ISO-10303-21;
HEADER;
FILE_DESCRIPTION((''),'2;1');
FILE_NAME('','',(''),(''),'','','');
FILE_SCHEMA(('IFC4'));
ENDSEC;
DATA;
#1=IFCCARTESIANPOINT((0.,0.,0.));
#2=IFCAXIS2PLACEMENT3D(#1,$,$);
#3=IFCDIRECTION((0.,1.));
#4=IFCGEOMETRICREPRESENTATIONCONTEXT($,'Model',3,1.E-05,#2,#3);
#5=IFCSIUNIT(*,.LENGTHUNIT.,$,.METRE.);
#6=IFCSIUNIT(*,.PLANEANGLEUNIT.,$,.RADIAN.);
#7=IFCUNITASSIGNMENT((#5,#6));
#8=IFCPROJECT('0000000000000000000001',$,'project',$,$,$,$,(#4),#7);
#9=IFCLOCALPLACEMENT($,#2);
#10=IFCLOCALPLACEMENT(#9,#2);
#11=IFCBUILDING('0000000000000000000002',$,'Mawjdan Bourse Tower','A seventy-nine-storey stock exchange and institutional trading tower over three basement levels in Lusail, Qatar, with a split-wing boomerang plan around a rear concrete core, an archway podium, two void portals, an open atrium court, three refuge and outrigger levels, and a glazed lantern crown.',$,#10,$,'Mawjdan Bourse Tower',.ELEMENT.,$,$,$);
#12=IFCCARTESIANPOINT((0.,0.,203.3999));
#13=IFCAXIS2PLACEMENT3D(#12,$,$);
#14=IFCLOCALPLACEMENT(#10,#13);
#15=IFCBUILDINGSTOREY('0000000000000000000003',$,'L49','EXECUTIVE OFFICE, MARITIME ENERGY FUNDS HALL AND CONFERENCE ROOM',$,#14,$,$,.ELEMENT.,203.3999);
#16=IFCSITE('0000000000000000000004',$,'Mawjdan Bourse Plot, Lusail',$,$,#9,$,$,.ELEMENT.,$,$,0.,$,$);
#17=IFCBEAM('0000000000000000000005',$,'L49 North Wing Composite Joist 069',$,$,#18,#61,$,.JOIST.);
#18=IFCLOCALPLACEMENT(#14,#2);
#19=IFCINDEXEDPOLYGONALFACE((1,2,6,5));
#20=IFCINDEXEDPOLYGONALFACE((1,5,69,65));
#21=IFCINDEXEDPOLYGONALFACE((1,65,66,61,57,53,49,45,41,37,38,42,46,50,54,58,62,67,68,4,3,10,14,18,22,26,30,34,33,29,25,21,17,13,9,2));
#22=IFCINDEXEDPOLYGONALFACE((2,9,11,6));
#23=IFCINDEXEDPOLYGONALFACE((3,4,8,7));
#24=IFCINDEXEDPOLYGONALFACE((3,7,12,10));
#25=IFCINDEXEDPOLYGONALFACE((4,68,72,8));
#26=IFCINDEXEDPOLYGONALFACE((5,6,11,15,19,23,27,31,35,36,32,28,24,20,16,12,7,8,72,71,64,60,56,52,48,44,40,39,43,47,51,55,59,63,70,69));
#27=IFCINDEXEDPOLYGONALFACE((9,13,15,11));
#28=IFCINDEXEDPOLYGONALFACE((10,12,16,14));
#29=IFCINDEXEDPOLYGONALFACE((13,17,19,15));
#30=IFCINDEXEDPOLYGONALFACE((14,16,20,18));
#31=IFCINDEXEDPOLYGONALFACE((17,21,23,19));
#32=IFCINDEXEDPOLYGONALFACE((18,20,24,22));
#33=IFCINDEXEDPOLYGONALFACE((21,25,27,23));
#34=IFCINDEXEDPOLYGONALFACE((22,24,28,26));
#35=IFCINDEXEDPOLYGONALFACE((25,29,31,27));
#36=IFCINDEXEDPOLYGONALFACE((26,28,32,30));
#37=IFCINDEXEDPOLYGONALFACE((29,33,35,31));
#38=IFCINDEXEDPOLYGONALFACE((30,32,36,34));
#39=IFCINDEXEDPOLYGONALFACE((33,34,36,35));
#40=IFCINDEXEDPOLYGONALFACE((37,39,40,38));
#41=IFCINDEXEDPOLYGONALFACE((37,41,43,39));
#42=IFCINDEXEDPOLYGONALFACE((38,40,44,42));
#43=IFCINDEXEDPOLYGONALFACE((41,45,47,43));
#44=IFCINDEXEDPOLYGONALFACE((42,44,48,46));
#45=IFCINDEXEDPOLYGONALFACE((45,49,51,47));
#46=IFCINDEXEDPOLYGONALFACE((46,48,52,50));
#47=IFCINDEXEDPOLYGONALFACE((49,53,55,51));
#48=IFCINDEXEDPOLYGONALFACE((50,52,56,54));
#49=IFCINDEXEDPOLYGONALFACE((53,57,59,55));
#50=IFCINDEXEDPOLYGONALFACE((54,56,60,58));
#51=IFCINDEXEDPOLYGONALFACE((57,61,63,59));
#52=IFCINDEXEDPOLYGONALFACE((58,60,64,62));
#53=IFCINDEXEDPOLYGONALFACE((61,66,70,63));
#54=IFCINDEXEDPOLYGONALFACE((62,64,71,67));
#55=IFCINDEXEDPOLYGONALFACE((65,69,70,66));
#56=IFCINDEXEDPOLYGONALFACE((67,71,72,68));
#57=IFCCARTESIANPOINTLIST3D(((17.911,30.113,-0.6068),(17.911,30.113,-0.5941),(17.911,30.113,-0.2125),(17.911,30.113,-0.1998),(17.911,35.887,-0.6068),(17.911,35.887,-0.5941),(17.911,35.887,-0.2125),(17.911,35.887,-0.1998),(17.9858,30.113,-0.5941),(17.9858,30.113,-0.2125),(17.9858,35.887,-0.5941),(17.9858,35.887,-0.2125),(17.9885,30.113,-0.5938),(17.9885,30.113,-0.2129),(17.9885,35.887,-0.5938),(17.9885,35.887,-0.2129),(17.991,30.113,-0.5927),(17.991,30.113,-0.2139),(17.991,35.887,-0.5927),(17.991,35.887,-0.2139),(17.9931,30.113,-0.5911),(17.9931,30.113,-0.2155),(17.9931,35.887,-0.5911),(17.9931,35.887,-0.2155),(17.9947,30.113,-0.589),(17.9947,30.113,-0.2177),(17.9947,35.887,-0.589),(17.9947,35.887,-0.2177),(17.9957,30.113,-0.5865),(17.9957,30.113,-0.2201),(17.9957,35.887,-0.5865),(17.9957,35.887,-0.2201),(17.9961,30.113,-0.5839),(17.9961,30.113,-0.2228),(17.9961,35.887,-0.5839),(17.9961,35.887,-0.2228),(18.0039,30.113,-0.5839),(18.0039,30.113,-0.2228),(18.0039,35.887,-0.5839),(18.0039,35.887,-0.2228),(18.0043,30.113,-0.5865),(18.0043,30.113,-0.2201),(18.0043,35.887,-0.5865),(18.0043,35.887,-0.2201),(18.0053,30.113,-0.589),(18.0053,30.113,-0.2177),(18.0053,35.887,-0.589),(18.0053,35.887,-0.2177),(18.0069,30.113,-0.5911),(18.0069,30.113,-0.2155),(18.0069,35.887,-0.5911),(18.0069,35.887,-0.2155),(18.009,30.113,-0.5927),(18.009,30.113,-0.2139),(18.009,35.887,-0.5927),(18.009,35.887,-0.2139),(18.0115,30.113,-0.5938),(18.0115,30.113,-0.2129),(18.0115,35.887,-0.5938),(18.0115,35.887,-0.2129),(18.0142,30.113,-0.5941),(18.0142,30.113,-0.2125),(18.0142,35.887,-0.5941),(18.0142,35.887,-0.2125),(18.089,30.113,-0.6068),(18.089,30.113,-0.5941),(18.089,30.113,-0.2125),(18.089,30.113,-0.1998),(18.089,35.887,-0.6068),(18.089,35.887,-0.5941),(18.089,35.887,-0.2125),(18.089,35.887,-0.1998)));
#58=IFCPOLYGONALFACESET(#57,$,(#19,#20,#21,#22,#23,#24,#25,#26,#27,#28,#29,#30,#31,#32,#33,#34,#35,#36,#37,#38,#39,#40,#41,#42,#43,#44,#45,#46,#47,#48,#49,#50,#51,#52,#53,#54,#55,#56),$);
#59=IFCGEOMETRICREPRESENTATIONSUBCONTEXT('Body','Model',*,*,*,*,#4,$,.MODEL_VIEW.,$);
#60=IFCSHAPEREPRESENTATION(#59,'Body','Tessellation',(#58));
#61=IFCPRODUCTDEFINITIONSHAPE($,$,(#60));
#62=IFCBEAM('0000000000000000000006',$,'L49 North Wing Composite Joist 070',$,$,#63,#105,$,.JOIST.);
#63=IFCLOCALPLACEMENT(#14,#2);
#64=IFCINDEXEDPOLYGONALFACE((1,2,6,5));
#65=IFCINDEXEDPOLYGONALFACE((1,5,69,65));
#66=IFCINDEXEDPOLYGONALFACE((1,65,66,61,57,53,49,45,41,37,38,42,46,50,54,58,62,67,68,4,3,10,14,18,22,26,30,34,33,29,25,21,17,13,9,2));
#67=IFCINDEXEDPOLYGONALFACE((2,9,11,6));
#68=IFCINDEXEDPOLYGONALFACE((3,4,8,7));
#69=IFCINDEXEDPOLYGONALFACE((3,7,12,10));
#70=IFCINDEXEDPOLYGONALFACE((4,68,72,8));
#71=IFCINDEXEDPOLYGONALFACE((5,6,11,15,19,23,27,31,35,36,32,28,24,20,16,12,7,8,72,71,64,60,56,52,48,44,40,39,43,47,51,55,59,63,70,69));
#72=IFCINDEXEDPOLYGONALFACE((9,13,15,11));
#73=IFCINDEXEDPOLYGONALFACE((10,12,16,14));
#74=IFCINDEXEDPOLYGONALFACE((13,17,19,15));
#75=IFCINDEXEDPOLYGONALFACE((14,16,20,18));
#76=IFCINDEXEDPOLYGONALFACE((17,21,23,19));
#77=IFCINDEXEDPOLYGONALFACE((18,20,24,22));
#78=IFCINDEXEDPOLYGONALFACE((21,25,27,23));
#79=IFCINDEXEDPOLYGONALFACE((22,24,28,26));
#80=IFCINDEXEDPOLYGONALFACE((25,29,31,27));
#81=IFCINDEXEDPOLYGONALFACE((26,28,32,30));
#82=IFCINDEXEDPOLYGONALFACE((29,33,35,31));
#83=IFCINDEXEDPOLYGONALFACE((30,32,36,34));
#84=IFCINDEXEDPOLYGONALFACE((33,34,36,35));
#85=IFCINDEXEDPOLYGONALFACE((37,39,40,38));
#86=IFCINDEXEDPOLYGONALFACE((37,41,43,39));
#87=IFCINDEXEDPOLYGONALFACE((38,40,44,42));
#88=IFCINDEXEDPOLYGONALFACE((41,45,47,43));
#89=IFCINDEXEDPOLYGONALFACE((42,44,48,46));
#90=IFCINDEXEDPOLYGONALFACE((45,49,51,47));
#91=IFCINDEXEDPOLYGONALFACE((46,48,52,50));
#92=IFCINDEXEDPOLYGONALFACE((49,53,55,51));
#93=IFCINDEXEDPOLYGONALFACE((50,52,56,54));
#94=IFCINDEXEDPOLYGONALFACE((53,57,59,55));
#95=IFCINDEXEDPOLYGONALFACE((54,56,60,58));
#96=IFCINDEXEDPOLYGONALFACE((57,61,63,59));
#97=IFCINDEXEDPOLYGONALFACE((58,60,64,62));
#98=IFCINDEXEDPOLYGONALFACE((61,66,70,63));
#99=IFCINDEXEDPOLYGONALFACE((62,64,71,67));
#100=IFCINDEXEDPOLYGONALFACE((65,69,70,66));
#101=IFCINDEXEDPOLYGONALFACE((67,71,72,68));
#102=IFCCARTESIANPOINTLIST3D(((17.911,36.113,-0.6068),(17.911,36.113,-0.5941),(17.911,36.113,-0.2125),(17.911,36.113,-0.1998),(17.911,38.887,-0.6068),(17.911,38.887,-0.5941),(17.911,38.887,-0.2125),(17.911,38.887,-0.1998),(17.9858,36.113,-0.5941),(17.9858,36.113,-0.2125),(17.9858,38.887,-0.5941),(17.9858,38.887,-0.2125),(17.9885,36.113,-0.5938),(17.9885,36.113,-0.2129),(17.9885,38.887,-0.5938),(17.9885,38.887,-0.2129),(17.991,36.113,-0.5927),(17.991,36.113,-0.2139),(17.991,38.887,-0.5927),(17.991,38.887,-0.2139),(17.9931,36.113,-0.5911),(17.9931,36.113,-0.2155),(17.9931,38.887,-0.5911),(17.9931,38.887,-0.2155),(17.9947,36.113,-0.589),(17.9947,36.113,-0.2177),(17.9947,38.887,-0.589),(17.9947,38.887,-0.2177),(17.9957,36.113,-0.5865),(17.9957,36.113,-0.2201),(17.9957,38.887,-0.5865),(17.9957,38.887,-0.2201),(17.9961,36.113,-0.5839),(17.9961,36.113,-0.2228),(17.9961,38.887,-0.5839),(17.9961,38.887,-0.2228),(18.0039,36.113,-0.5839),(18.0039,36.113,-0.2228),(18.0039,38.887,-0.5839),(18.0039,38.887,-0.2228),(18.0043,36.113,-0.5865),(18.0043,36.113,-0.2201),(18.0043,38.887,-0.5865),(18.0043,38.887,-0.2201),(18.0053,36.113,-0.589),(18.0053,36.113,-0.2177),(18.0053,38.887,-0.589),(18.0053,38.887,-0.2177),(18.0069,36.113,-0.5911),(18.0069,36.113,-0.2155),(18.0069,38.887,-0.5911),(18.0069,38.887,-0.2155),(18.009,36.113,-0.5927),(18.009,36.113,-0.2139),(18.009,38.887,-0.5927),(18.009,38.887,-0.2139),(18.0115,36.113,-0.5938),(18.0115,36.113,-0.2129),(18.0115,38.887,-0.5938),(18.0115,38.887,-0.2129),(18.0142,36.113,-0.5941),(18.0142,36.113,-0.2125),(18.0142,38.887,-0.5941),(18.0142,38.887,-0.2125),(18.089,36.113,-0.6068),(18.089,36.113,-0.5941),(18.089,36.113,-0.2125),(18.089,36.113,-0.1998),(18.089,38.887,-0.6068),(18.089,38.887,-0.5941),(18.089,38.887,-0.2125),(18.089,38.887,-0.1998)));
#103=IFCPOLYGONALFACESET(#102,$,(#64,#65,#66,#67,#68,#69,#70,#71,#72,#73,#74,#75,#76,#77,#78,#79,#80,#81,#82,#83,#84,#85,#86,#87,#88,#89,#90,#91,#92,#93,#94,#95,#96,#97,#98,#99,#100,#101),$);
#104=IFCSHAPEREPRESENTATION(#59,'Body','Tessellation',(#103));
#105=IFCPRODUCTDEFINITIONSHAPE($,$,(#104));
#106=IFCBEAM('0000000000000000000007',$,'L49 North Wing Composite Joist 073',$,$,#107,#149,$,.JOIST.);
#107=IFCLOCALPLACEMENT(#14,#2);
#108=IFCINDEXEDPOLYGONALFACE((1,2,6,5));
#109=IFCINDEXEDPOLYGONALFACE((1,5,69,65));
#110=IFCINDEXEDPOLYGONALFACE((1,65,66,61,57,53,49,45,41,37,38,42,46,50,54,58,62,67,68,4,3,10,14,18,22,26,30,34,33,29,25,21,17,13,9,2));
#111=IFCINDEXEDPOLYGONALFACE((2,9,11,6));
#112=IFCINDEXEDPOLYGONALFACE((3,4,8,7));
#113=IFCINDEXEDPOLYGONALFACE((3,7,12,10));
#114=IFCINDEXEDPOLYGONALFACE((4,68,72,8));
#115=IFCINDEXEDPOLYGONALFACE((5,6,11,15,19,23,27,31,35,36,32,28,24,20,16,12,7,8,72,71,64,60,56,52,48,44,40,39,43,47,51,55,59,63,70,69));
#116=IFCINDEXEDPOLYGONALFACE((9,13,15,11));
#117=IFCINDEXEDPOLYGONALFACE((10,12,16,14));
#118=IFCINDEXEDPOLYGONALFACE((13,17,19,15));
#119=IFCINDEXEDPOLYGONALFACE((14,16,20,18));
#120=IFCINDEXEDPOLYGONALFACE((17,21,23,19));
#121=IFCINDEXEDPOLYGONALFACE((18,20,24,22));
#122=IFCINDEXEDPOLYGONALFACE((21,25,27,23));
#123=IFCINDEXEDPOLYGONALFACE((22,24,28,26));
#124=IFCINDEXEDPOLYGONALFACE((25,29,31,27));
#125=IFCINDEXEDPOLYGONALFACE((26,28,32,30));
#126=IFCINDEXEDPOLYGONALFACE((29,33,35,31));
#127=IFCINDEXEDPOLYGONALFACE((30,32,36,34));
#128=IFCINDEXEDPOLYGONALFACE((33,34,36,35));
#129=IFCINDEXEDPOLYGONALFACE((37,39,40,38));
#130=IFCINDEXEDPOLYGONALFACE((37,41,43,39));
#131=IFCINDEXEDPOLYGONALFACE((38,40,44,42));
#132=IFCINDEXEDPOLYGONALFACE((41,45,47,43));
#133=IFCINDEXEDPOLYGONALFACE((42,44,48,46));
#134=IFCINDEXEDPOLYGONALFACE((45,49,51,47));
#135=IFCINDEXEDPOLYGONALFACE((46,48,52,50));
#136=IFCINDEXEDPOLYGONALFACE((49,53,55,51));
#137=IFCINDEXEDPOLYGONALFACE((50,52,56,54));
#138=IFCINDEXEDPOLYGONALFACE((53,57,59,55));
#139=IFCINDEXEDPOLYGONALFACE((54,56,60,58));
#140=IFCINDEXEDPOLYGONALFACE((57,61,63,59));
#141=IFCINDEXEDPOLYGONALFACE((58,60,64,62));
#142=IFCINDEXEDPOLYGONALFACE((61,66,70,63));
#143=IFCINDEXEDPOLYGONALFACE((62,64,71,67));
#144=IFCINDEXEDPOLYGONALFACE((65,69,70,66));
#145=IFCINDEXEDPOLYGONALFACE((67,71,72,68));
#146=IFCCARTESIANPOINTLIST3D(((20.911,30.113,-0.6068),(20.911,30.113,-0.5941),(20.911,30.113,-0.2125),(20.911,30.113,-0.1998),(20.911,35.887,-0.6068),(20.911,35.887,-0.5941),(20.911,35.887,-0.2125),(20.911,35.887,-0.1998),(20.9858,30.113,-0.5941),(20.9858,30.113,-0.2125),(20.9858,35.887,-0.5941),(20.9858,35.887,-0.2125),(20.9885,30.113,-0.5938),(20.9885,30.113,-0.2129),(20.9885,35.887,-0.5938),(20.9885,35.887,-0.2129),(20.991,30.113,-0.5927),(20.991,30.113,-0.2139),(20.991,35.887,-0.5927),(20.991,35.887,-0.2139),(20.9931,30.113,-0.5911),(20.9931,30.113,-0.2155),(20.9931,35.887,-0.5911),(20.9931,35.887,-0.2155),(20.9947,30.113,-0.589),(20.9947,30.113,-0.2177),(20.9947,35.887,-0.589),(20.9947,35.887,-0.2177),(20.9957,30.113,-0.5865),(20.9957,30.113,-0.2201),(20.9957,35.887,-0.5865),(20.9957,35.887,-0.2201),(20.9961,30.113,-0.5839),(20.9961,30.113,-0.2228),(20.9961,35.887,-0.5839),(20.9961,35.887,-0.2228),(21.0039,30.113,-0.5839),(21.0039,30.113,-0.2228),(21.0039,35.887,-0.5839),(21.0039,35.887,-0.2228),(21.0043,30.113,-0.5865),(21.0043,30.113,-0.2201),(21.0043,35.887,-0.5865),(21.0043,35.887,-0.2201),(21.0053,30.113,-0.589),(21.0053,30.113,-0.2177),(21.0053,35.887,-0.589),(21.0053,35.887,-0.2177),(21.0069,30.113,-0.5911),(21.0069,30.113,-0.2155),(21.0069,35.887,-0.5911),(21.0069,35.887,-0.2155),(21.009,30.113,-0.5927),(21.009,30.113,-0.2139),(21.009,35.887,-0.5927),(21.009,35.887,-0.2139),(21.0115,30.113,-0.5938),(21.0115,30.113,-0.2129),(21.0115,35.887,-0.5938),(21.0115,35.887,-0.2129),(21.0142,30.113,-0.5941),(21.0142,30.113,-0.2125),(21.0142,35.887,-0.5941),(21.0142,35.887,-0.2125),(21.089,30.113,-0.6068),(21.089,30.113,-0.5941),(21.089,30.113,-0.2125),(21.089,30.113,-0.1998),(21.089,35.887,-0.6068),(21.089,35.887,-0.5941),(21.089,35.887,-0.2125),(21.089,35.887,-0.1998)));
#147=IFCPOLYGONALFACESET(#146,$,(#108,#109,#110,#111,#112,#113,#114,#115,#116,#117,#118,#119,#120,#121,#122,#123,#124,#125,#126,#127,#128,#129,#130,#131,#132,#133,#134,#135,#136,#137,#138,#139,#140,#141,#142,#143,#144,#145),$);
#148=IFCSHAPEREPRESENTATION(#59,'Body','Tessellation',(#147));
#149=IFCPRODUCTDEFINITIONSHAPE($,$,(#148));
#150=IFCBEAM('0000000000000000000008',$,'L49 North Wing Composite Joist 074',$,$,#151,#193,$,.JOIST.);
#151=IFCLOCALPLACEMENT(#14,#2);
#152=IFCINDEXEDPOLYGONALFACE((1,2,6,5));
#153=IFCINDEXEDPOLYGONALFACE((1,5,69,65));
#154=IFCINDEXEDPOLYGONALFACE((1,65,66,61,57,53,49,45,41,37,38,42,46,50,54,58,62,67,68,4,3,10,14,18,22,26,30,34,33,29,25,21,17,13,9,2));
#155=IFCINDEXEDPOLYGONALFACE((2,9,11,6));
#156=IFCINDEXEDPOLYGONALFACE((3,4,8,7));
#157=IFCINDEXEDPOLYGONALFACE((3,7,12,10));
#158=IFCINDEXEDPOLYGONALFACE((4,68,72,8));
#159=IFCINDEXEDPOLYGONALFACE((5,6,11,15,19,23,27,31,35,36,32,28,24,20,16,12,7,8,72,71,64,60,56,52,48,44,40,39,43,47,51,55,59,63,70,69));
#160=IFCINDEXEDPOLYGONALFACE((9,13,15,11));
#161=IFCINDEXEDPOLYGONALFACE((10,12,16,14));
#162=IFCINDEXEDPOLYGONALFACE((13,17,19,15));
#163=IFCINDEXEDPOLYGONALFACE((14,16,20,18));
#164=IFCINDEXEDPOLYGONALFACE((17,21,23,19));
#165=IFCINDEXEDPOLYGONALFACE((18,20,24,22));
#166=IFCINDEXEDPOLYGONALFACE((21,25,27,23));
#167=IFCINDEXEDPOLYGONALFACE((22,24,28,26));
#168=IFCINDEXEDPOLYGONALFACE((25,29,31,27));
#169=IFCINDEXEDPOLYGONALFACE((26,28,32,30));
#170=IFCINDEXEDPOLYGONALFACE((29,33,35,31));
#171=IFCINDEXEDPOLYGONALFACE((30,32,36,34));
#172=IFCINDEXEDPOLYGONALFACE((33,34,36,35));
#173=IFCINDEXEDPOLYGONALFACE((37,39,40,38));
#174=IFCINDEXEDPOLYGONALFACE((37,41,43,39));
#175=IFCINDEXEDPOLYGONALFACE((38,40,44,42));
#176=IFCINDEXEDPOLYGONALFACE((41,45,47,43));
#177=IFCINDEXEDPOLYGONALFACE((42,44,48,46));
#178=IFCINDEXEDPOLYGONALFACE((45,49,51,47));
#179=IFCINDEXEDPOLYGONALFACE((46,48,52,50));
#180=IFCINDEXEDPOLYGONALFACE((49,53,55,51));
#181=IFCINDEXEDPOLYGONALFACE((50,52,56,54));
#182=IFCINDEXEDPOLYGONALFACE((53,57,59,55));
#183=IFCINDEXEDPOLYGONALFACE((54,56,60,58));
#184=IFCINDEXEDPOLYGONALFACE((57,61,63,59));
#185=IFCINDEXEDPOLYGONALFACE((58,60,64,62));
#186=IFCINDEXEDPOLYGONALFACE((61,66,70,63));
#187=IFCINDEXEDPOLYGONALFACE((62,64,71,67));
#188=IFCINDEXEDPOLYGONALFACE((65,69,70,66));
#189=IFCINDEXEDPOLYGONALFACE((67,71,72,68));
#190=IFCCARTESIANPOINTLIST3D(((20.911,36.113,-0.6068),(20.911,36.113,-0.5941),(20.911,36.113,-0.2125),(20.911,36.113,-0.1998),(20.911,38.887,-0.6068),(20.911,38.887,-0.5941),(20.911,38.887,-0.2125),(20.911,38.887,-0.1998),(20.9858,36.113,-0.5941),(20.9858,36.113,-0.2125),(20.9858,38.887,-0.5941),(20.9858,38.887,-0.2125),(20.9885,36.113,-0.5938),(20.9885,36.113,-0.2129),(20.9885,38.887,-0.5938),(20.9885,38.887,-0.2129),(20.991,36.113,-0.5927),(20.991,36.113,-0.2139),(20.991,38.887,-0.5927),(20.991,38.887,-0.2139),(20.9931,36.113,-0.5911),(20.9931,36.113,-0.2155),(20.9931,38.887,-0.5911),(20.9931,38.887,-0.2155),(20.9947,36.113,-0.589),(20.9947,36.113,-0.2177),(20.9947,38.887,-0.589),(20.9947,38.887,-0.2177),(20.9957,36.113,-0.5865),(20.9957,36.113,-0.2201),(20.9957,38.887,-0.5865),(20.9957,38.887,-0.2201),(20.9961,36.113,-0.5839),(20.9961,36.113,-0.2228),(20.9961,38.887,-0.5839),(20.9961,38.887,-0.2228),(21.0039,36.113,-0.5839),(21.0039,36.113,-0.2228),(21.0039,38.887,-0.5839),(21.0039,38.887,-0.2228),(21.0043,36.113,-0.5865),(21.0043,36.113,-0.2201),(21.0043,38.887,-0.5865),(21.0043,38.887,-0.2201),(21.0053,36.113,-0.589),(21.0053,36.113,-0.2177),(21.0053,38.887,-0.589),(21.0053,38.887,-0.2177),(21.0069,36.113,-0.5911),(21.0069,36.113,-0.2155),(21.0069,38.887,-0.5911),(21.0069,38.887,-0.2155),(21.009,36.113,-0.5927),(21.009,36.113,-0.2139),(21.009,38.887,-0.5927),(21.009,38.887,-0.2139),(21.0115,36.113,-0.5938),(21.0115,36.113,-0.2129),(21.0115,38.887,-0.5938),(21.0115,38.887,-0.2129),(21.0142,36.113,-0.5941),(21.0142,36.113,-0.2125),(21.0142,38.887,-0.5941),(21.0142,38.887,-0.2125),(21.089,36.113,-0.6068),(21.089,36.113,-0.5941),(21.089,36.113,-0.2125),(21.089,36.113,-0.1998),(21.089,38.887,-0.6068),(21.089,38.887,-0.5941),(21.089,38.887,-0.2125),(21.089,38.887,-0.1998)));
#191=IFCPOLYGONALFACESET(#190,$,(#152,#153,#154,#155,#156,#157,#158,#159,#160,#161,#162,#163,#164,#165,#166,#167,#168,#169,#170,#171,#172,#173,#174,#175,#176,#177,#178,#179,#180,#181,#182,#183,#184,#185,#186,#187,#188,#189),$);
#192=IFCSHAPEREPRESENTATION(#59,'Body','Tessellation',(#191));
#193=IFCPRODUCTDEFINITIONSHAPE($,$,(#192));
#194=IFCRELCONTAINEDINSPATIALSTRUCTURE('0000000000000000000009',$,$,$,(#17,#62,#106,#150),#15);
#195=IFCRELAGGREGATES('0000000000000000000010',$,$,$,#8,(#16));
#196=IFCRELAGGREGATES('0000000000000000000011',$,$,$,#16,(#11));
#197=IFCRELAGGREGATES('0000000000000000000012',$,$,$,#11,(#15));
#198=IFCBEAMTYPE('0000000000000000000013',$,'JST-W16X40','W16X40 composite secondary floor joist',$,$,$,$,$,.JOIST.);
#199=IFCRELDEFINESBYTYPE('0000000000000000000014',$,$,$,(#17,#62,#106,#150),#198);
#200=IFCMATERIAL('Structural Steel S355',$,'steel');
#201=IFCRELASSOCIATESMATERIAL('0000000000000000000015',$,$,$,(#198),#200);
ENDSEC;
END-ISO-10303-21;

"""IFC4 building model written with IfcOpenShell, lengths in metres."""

from ifc_helpers import new_model, si_unit, direction, frame, origin, origin_2d, place, context, subcontext, project, spatial, i_section, extrude, material, material_profile, profile_set, type_object, element, save


model = new_model("IFC4")

# Units and contexts
model_context = context("Model", 3, precision=1e-05, world=origin(), true_north=direction((0.0, 1.0)))
body_context = subcontext(model_context, "Body", "Model", "MODEL_VIEW")
ifc_project = project(units=[si_unit("LENGTHUNIT", "METRE"), si_unit("PLANEANGLEUNIT", "RADIAN")], contexts=[model_context])

# Site, building, storey
site_placement = place(None, origin())
site = spatial("IfcSite", under=ifc_project, at=site_placement, Name="Mawjdan Bourse Plot, Lusail", CompositionType="ELEMENT", RefElevation=0.0)
building_placement = place(site_placement, origin())
building = spatial("IfcBuilding", under=site, at=building_placement, Name="Mawjdan Bourse Tower", Description="A seventy-nine-storey stock exchange and institutional trading tower over three basement levels in Lusail, Qatar, with a split-wing boomerang plan around a rear concrete core, an archway podium, two void portals, an open atrium court, three refuge and outrigger levels, and a glazed lantern crown.", LongName="Mawjdan Bourse Tower", CompositionType="ELEMENT")
storey_placement = place(building_placement, frame((0.0, 0.0, 203.3999)))
storey = spatial("IfcBuildingStorey", under=building, at=storey_placement, Name="L49", Description="EXECUTIVE OFFICE, MARITIME ENERGY FUNDS HALL AND CONFERENCE ROOM", CompositionType="ELEMENT", Elevation=203.3999)

# Beams
ifc_material_1 = material(Name="Structural Steel S355", Category="steel")
ifc_material_profile_1 = material_profile(ifc_material_1, i_section(OverallWidth=0.178, OverallDepth=0.407, WebThickness=0.0078, FlangeThickness=0.0127, FilletRadius=0.0103, at=origin_2d()), Name="W16X40")
ifc_profile_set_1 = profile_set([ifc_material_profile_1], Name="Structural Steel S355")
beam_type_1 = type_object("IfcBeamType", Name="JST-W16X40", Description="W16X40 composite secondary floor joist", PredefinedType="JOIST", material=ifc_profile_set_1)
beam_1_placement = place(storey_placement, frame((18.0, 30.113, -0.4033), z_axis=(0.0, 1.0, 0.0), x_axis=(-1.0, 0.0, 0.0)))
element("IfcBeam", 1, at=beam_1_placement, inside=storey, type_object=beam_type_1, Name="L49 North Wing Composite Joist 069", PredefinedType="JOIST", context=body_context, shape_type="SweptSolid", body=[
    extrude(i_section(OverallWidth=0.178, OverallDepth=0.407, WebThickness=0.0078, FlangeThickness=0.0127, FilletRadius=0.0103, at=origin_2d()), origin(), (0.0, 0.0, 1.0), 5.7739),
])
beam_2_placement = place(storey_placement, frame((18.0, 36.113, -0.4033), z_axis=(0.0, 1.0, 0.0), x_axis=(-1.0, 0.0, 0.0)))
element("IfcBeam", 2, at=beam_2_placement, inside=storey, type_object=beam_type_1, Name="L49 North Wing Composite Joist 070", PredefinedType="JOIST", context=body_context, shape_type="SweptSolid", body=[
    extrude(i_section(OverallWidth=0.178, OverallDepth=0.407, WebThickness=0.0078, FlangeThickness=0.0127, FilletRadius=0.0103, at=origin_2d()), origin(), (0.0, 0.0, 1.0), 2.7739),
])
beam_3_placement = place(storey_placement, frame((21.0, 30.113, -0.4033), z_axis=(0.0, 1.0, 0.0), x_axis=(-1.0, 0.0, 0.0)))
element("IfcBeam", 3, at=beam_3_placement, inside=storey, type_object=beam_type_1, Name="L49 North Wing Composite Joist 073", PredefinedType="JOIST", context=body_context, shape_type="SweptSolid", body=[
    extrude(i_section(OverallWidth=0.178, OverallDepth=0.407, WebThickness=0.0078, FlangeThickness=0.0127, FilletRadius=0.0103, at=origin_2d()), origin(), (0.0, 0.0, 1.0), 5.7739),
])
beam_4_placement = place(storey_placement, frame((21.0, 36.113, -0.4033), z_axis=(0.0, 1.0, 0.0), x_axis=(-1.0, 0.0, 0.0)))
element("IfcBeam", 4, at=beam_4_placement, inside=storey, type_object=beam_type_1, Name="L49 North Wing Composite Joist 074", PredefinedType="JOIST", context=body_context, shape_type="SweptSolid", body=[
    extrude(i_section(OverallWidth=0.178, OverallDepth=0.407, WebThickness=0.0078, FlangeThickness=0.0127, FilletRadius=0.0103, at=origin_2d()), origin(), (0.0, 0.0, 1.0), 2.7739),
])

save(model, "model.ifc")
